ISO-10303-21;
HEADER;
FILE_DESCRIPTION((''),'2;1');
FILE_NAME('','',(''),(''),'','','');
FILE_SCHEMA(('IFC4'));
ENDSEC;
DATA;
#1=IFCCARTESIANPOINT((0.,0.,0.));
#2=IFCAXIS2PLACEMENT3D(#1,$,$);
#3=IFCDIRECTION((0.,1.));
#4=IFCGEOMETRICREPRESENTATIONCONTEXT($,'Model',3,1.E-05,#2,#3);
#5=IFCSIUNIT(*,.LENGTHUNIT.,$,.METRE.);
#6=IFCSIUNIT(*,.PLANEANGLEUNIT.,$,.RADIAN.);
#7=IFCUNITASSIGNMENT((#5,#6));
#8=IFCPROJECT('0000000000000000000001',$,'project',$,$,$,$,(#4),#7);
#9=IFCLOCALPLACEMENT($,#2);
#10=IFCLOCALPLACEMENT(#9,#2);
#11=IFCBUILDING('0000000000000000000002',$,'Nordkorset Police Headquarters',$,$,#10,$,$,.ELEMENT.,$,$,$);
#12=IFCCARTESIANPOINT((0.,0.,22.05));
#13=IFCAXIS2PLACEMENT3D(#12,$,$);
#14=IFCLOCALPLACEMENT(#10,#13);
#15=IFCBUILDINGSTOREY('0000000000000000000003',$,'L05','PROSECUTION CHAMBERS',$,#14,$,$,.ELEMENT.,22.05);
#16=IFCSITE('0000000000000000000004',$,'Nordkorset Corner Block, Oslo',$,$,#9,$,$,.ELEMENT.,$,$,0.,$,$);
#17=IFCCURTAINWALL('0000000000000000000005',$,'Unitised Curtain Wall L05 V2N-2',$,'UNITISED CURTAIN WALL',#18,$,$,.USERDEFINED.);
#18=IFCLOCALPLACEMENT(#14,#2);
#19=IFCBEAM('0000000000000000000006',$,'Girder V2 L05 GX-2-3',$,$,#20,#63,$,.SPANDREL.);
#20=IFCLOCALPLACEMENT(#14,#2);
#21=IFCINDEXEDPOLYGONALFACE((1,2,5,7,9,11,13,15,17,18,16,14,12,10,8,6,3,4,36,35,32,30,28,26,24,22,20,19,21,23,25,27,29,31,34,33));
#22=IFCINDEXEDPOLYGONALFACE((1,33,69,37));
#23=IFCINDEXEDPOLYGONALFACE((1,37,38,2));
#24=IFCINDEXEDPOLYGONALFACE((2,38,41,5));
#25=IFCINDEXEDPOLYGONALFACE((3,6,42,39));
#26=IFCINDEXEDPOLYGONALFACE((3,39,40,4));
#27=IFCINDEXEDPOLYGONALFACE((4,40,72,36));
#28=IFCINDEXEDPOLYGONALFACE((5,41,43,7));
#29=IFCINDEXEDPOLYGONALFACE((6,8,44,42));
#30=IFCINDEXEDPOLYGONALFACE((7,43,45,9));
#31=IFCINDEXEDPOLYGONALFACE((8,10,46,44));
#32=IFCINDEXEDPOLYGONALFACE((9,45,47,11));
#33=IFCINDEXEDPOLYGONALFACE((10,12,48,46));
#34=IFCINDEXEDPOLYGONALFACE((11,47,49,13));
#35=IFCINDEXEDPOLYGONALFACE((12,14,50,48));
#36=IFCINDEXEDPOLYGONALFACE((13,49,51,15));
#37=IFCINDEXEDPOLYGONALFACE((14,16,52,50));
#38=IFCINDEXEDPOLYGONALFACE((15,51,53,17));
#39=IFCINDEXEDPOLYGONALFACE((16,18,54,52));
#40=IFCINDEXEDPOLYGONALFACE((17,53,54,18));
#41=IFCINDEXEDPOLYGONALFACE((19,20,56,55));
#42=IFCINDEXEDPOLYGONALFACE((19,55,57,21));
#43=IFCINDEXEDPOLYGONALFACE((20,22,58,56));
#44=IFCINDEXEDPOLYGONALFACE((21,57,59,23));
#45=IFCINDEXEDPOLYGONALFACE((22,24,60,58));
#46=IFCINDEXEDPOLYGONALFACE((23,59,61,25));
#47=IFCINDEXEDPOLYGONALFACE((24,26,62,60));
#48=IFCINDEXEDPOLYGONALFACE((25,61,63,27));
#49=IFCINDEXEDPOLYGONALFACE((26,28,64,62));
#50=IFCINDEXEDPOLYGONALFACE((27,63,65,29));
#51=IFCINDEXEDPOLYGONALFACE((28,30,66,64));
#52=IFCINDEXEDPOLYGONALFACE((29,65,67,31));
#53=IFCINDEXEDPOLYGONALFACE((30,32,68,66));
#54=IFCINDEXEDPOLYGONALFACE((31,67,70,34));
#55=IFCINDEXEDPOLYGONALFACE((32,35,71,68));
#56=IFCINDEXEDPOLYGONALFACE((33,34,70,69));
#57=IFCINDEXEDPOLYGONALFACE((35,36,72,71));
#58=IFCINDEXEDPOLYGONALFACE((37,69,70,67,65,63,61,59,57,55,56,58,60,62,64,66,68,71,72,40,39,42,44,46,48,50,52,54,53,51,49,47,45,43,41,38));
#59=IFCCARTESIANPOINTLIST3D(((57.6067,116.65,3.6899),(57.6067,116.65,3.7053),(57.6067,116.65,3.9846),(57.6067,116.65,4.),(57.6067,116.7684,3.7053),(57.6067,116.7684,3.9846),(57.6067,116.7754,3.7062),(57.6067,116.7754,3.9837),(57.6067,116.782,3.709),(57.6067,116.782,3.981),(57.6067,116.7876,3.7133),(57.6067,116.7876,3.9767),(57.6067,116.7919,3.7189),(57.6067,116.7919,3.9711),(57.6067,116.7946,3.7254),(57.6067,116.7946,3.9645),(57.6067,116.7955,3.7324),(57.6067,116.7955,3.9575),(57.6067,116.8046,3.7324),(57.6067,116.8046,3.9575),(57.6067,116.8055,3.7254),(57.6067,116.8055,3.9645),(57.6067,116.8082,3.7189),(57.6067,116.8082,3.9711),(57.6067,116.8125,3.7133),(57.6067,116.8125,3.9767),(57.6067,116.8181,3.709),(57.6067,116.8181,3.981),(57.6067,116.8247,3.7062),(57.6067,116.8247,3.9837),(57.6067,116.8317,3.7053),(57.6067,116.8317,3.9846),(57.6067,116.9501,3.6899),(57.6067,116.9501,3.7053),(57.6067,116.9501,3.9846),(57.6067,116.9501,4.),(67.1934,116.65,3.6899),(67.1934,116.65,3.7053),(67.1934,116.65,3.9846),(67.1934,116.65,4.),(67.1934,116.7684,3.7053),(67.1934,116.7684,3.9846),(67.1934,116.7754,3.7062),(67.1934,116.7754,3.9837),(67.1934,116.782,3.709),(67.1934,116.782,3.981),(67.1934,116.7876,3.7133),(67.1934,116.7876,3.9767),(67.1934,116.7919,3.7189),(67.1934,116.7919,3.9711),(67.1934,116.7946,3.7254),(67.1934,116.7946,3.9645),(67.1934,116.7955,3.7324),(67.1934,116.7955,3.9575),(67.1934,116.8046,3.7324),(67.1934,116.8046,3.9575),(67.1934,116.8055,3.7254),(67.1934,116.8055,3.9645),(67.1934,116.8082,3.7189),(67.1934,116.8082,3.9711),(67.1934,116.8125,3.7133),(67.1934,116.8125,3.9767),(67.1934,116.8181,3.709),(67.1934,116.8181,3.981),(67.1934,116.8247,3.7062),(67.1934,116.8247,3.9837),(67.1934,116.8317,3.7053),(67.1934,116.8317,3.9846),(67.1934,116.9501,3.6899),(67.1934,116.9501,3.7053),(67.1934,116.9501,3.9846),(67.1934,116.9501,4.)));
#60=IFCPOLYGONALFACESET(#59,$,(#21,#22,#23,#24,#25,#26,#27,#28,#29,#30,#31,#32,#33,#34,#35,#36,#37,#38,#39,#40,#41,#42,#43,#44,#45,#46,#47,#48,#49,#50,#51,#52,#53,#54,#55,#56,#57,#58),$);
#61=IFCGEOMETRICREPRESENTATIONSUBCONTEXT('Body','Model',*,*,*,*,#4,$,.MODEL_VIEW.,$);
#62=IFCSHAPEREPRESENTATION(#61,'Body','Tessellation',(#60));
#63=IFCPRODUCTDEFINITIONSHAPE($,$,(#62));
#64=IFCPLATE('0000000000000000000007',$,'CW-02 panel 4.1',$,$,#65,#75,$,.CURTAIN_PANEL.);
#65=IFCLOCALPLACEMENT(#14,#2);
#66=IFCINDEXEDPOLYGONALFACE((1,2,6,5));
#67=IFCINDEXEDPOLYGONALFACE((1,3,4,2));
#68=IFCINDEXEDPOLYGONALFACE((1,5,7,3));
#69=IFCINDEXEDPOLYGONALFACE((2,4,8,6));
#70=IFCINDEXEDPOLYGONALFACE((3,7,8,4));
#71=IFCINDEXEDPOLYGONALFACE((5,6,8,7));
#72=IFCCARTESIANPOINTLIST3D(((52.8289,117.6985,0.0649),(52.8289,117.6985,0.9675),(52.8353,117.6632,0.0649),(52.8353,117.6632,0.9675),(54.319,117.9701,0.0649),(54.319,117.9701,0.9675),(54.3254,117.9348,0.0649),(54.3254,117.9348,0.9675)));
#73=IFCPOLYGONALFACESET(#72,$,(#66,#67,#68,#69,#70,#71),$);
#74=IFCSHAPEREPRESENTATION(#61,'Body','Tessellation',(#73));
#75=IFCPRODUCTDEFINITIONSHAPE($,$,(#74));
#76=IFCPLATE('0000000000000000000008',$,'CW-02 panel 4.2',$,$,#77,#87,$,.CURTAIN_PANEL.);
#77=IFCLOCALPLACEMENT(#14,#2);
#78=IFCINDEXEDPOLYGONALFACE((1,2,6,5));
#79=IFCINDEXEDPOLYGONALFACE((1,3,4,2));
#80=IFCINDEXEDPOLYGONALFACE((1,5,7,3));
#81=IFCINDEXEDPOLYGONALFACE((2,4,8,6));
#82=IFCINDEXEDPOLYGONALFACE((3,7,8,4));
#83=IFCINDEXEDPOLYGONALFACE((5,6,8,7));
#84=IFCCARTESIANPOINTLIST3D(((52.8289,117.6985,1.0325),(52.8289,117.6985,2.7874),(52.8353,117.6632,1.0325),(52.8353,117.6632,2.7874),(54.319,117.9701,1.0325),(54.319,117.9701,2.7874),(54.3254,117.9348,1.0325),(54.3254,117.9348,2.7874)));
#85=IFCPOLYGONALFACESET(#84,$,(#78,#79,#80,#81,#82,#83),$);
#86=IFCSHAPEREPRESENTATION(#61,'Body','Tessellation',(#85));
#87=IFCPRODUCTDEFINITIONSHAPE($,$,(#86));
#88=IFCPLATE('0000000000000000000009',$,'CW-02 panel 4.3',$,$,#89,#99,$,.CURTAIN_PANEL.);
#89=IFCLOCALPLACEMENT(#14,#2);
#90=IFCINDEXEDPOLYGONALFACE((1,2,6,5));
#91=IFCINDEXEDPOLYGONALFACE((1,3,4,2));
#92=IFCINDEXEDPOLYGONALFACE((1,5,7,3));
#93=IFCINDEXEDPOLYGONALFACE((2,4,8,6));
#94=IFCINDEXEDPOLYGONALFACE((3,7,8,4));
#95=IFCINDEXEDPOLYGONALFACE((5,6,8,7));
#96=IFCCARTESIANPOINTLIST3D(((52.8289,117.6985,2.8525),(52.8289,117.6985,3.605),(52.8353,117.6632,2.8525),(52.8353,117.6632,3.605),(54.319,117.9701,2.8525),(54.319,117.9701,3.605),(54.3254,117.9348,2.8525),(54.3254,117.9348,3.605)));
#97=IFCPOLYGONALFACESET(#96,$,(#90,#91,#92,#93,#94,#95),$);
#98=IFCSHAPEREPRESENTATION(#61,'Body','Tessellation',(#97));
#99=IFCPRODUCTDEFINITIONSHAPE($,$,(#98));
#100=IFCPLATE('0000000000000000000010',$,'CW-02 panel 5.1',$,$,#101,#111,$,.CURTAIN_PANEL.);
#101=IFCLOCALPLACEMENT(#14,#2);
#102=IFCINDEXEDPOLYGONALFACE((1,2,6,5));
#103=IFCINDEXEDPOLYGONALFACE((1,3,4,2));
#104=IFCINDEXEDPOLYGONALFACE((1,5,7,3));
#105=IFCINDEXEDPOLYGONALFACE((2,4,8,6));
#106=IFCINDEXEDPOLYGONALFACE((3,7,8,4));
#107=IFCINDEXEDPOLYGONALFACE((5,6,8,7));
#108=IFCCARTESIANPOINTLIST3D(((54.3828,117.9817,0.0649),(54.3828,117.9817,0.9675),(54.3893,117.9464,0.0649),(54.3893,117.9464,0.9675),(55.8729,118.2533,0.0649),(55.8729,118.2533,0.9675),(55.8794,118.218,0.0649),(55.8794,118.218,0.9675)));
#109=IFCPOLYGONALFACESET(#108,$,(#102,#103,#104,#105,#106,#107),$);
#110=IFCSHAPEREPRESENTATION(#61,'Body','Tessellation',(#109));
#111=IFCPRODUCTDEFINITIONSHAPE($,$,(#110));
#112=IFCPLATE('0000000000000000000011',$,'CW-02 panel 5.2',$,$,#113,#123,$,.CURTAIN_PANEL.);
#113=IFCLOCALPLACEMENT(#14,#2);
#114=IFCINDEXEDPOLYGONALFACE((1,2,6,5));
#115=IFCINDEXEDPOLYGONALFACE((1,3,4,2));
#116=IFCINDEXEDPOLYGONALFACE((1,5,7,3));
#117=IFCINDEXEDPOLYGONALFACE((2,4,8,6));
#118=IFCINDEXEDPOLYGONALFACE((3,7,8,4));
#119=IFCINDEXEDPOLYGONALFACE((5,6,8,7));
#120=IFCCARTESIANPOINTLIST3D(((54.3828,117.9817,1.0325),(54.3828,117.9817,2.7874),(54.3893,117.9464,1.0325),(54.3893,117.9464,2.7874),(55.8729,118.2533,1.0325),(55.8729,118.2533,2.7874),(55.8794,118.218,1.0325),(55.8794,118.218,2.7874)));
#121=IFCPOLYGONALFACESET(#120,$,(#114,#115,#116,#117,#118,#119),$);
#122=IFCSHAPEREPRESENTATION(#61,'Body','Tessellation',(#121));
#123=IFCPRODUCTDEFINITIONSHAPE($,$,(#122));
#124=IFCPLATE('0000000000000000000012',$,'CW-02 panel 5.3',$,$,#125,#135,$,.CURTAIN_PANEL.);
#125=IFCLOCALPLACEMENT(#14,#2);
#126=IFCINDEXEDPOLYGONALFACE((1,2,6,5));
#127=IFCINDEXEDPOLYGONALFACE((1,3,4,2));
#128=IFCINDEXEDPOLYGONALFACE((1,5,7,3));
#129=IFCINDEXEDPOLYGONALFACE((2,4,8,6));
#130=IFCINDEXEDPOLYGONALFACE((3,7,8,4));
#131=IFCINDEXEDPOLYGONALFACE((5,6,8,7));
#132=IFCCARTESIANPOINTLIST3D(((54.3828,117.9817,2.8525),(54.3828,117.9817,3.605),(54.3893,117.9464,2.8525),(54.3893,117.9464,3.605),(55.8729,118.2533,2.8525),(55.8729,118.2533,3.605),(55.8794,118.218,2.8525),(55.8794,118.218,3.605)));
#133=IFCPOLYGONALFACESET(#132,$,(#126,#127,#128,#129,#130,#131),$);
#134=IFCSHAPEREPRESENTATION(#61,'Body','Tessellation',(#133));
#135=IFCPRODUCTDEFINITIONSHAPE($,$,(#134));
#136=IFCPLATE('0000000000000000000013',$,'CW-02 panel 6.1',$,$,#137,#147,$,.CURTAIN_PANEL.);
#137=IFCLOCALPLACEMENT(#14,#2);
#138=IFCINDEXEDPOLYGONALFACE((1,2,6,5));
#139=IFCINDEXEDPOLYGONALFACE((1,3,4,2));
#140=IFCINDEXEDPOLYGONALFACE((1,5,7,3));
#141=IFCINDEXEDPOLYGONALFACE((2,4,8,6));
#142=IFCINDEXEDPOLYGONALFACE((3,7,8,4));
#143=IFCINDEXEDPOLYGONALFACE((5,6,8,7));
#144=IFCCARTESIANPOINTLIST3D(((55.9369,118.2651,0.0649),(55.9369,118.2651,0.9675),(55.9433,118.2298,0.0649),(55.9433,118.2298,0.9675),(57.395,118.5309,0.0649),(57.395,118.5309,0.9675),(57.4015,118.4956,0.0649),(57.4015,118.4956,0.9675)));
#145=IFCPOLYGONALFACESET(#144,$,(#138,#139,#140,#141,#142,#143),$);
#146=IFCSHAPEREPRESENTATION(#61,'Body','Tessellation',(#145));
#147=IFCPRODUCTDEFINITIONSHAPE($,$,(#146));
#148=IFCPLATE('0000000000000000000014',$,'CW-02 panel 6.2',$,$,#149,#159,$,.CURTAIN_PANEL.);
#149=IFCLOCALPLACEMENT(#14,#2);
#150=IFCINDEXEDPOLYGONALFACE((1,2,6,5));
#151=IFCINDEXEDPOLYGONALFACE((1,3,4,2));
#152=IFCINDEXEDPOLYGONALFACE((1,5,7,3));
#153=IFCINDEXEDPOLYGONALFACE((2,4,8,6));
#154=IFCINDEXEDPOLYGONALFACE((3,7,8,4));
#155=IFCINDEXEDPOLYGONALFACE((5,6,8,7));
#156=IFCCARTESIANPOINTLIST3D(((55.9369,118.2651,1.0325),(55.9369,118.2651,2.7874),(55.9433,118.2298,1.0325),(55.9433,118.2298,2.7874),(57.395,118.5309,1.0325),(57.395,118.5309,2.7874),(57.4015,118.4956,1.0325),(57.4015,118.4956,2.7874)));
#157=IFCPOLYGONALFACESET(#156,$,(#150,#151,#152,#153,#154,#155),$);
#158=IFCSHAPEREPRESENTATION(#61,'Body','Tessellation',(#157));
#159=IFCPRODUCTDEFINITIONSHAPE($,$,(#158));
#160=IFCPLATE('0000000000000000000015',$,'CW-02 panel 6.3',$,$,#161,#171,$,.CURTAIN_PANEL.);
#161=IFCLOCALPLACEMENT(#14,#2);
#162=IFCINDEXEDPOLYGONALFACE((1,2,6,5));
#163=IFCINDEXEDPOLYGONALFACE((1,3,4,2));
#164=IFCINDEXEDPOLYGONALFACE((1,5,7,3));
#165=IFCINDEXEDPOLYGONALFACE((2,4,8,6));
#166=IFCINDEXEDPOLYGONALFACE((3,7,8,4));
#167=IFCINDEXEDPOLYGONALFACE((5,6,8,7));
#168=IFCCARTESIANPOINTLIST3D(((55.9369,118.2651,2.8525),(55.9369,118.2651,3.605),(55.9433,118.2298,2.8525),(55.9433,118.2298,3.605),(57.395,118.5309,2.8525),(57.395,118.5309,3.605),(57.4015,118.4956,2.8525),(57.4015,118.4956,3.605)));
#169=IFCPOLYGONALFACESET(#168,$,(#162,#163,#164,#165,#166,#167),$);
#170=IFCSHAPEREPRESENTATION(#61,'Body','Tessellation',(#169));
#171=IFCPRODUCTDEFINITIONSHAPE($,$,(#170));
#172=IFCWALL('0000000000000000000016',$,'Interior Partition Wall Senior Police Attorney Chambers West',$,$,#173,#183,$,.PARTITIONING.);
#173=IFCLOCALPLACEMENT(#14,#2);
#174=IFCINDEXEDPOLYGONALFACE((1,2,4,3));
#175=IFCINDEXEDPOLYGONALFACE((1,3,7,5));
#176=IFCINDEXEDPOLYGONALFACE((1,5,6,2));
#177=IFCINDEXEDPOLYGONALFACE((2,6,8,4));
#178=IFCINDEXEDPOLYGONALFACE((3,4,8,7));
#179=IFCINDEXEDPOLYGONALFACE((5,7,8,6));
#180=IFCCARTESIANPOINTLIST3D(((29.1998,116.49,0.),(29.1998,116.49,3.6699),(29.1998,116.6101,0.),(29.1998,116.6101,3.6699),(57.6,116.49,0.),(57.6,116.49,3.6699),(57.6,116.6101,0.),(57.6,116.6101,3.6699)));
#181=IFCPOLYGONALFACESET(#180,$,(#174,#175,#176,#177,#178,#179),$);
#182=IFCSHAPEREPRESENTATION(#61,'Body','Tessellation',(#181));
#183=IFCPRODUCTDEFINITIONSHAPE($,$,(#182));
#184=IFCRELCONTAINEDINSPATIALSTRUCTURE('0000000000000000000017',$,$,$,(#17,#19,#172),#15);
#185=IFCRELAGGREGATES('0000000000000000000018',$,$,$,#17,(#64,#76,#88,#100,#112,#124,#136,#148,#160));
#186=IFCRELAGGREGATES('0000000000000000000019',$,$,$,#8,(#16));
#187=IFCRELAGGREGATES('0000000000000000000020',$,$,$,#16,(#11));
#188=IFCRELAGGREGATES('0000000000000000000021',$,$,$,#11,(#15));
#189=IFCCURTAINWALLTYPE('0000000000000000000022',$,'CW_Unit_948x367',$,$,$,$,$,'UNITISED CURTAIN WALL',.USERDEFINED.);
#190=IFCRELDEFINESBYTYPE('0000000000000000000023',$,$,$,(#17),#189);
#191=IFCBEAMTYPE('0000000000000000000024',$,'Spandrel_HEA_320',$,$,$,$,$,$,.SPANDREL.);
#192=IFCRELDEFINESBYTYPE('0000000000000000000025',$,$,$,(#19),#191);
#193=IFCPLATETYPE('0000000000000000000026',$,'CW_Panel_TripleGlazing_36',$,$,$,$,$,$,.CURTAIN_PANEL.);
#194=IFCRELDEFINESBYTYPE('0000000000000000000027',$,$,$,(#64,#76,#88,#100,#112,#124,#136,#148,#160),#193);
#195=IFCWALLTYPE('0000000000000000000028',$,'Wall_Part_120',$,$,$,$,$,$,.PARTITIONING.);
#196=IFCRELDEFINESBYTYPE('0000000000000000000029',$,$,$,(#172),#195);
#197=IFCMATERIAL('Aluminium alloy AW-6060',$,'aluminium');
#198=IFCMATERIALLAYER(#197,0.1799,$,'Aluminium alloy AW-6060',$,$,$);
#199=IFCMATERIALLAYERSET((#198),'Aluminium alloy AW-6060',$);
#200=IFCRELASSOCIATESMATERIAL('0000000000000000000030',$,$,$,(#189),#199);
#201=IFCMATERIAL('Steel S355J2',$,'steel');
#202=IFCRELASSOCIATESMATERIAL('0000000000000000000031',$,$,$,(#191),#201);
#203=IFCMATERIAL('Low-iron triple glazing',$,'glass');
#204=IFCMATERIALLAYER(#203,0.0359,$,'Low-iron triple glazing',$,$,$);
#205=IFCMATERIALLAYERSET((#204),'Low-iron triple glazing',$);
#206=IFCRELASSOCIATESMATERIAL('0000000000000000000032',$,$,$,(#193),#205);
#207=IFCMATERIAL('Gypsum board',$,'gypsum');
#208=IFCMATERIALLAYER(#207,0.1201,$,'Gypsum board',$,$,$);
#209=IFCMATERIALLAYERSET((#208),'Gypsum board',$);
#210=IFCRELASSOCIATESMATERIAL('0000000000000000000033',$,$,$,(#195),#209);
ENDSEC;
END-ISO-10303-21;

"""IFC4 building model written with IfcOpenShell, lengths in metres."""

from ifc_helpers import new_model, si_unit, direction, frame, frame_2d, origin, origin_2d, place, context, subcontext, project, spatial, rectangle, i_section, extrude, material, layer, layer_set, material_profile, profile_set, type_object, element, aggregate, save


model = new_model("IFC4")

# Units and contexts
model_context = context("Model", 3, precision=1e-05, world=origin(), true_north=direction((0.0, 1.0)))
body_context = subcontext(model_context, "Body", "Model", "MODEL_VIEW")
ifc_project = project(units=[si_unit("LENGTHUNIT", "METRE"), si_unit("PLANEANGLEUNIT", "RADIAN")], contexts=[model_context])

# Site, building, storey
site_placement = place(None, origin())
site = spatial("IfcSite", under=ifc_project, at=site_placement, Name="Nordkorset Corner Block, Oslo", CompositionType="ELEMENT", RefElevation=0.0)
building_placement = place(site_placement, origin())
building = spatial("IfcBuilding", under=site, at=building_placement, Name="Nordkorset Police Headquarters", CompositionType="ELEMENT")
storey_placement = place(building_placement, frame((0.0, 0.0, 22.05)))
storey = spatial("IfcBuildingStorey", under=building, at=storey_placement, Name="L05", Description="PROSECUTION CHAMBERS", CompositionType="ELEMENT", Elevation=22.05)

# Curtain wall
ifc_material_1 = material(Name="Aluminium alloy AW-6060", Category="aluminium")
ifc_layer_1 = layer(ifc_material_1, 0.1799, Name="Aluminium alloy AW-6060")
ifc_layer_set_1 = layer_set([ifc_layer_1], Name="Aluminium alloy AW-6060")
curtain_wall_type_1 = type_object("IfcCurtainWallType", Name="CW_Unit_948x367", ElementType="UNITISED CURTAIN WALL", PredefinedType="USERDEFINED", material=ifc_layer_set_1)
curtain_wall_1_placement = place(storey_placement, origin())
curtain_wall_1 = element("IfcCurtainWall", 1, at=curtain_wall_1_placement, inside=storey, type_object=curtain_wall_type_1, Name="Unitised Curtain Wall L05 V2N-2", ObjectType="UNITISED CURTAIN WALL", PredefinedType="USERDEFINED")

# Beam
ifc_material_2 = material(Name="Steel S355J2", Category="steel")
ifc_material_profile_1 = material_profile(ifc_material_2, i_section(OverallWidth=0.3, OverallDepth=0.3101, WebThickness=0.009, FlangeThickness=0.0154, FilletRadius=0.0271, at=origin_2d()), Name="HEA 320")
ifc_profile_set_1 = profile_set([ifc_material_profile_1], Name="Steel S355J2")
beam_type_1 = type_object("IfcBeamType", Name="Spandrel_HEA_320", PredefinedType="SPANDREL", material=ifc_profile_set_1)
beam_1_placement = place(storey_placement, frame((57.6067, 116.8, 3.845), z_axis=(1.0, 0.0, 0.0), x_axis=(0.0, 1.0, 0.0)))
element("IfcBeam", 2, at=beam_1_placement, inside=storey, type_object=beam_type_1, Name="Girder V2 L05 GX-2-3", PredefinedType="SPANDREL", context=body_context, shape_type="SweptSolid", body=[
    extrude(i_section(OverallWidth=0.3, OverallDepth=0.3101, WebThickness=0.009, FlangeThickness=0.0154, FilletRadius=0.0271, at=origin_2d()), origin(), (0.0, 0.0, 1.0), 9.5867),
])

# Plates
ifc_material_3 = material(Name="Low-iron triple glazing", Category="glass")
ifc_layer_2 = layer(ifc_material_3, 0.0359, Name="Low-iron triple glazing")
ifc_layer_set_2 = layer_set([ifc_layer_2], Name="Low-iron triple glazing")
plate_type = type_object("IfcPlateType", Name="CW_Panel_TripleGlazing_36", PredefinedType="CURTAIN_PANEL", material=ifc_layer_set_2)
plate_1_placement = place(storey_placement, frame((53.5771, 117.8167, 0.0649), z_axis=(0.0, 0.0, 1.0), x_axis=(0.983788, 0.179336, 0.0)))
plate_1 = element("IfcPlate", 3, at=plate_1_placement, type_object=plate_type, Name="CW-02 panel 4.1", PredefinedType="CURTAIN_PANEL", context=body_context, shape_type="SweptSolid", body=[
    extrude(rectangle(XDim=1.5146, YDim=0.0359, at=origin_2d()), origin(), (0.0, 0.0, 1.0), 0.9026),
])
plate_2_placement = place(storey_placement, frame((53.5771, 117.8167, 1.0325), z_axis=(0.0, 0.0, 1.0), x_axis=(0.983788, 0.179336, 0.0)))
plate_2 = element("IfcPlate", 4, at=plate_2_placement, type_object=plate_type, Name="CW-02 panel 4.2", PredefinedType="CURTAIN_PANEL", context=body_context, shape_type="SweptSolid", body=[
    extrude(rectangle(XDim=1.5146, YDim=0.0359, at=origin_2d()), origin(), (0.0, 0.0, 1.0), 1.7549),
])
plate_3_placement = place(storey_placement, frame((53.5771, 117.8167, 2.8525), z_axis=(0.0, 0.0, 1.0), x_axis=(0.983788, 0.179336, 0.0)))
plate_3 = element("IfcPlate", 5, at=plate_3_placement, type_object=plate_type, Name="CW-02 panel 4.3", PredefinedType="CURTAIN_PANEL", context=body_context, shape_type="SweptSolid", body=[
    extrude(rectangle(XDim=1.5146, YDim=0.0359, at=origin_2d()), origin(), (0.0, 0.0, 1.0), 0.7524),
])
plate_4_placement = place(storey_placement, frame((55.1311, 118.0999, 0.0649), z_axis=(0.0, 0.0, 1.0), x_axis=(0.983788, 0.179336, 0.0)))
plate_4 = element("IfcPlate", 6, at=plate_4_placement, type_object=plate_type, Name="CW-02 panel 5.1", PredefinedType="CURTAIN_PANEL", context=body_context, shape_type="SweptSolid", body=[
    extrude(rectangle(XDim=1.5146, YDim=0.0359, at=origin_2d()), origin(), (0.0, 0.0, 1.0), 0.9026),
])
plate_5_placement = place(storey_placement, frame((55.1311, 118.0999, 1.0325), z_axis=(0.0, 0.0, 1.0), x_axis=(0.983788, 0.179336, 0.0)))
plate_5 = element("IfcPlate", 7, at=plate_5_placement, type_object=plate_type, Name="CW-02 panel 5.2", PredefinedType="CURTAIN_PANEL", context=body_context, shape_type="SweptSolid", body=[
    extrude(rectangle(XDim=1.5146, YDim=0.0359, at=origin_2d()), origin(), (0.0, 0.0, 1.0), 1.7549),
])
plate_6_placement = place(storey_placement, frame((55.1311, 118.0999, 2.8525), z_axis=(0.0, 0.0, 1.0), x_axis=(0.983788, 0.179336, 0.0)))
plate_6 = element("IfcPlate", 8, at=plate_6_placement, type_object=plate_type, Name="CW-02 panel 5.3", PredefinedType="CURTAIN_PANEL", context=body_context, shape_type="SweptSolid", body=[
    extrude(rectangle(XDim=1.5146, YDim=0.0359, at=origin_2d()), origin(), (0.0, 0.0, 1.0), 0.7524),
])
plate_7_placement = place(storey_placement, frame((56.6692, 118.3804, 0.0649), z_axis=(0.0, 0.0, 1.0), x_axis=(0.983788, 0.179336, 0.0)))
plate_7 = element("IfcPlate", 9, at=plate_7_placement, type_object=plate_type, Name="CW-02 panel 6.1", PredefinedType="CURTAIN_PANEL", context=body_context, shape_type="SweptSolid", body=[
    extrude(rectangle(XDim=1.4822, YDim=0.0359, at=origin_2d()), origin(), (0.0, 0.0, 1.0), 0.9026),
])
plate_8_placement = place(storey_placement, frame((56.6692, 118.3804, 1.0325), z_axis=(0.0, 0.0, 1.0), x_axis=(0.983788, 0.179336, 0.0)))
plate_8 = element("IfcPlate", 10, at=plate_8_placement, type_object=plate_type, Name="CW-02 panel 6.2", PredefinedType="CURTAIN_PANEL", context=body_context, shape_type="SweptSolid", body=[
    extrude(rectangle(XDim=1.4822, YDim=0.0359, at=origin_2d()), origin(), (0.0, 0.0, 1.0), 1.7549),
])
plate_9_placement = place(storey_placement, frame((56.6692, 118.3804, 2.8525), z_axis=(0.0, 0.0, 1.0), x_axis=(0.983788, 0.179336, 0.0)))
plate_9 = element("IfcPlate", 11, at=plate_9_placement, type_object=plate_type, Name="CW-02 panel 6.3", PredefinedType="CURTAIN_PANEL", context=body_context, shape_type="SweptSolid", body=[
    extrude(rectangle(XDim=1.4822, YDim=0.0359, at=origin_2d()), origin(), (0.0, 0.0, 1.0), 0.7524),
])
aggregate(curtain_wall_1, [plate_1, plate_2, plate_3, plate_4, plate_5, plate_6, plate_7, plate_8, plate_9])

# Wall
ifc_material_4 = material(Name="Gypsum board", Category="gypsum")
ifc_layer_3 = layer(ifc_material_4, 0.1201, Name="Gypsum board")
ifc_layer_set_3 = layer_set([ifc_layer_3], Name="Gypsum board")
wall_type = type_object("IfcWallType", Name="Wall_Part_120", PredefinedType="PARTITIONING", material=ifc_layer_set_3)
wall_placement = place(storey_placement, frame((57.6001, 116.55, 0.0), z_axis=(0.0, 0.0, 1.0), x_axis=(-1.0, 0.0, 0.0)))
element("IfcWall", 12, at=wall_placement, inside=storey, type_object=wall_type, Name="Interior Partition Wall Senior Police Attorney Chambers West", PredefinedType="PARTITIONING", context=body_context, shape_type="SweptSolid", body=[
    extrude(rectangle(XDim=28.4001, YDim=0.1201, at=frame_2d((14.2002, 0.0))), origin(), (0.0, 0.0, 1.0), 3.6699),
])

save(model, "model.ifc")
